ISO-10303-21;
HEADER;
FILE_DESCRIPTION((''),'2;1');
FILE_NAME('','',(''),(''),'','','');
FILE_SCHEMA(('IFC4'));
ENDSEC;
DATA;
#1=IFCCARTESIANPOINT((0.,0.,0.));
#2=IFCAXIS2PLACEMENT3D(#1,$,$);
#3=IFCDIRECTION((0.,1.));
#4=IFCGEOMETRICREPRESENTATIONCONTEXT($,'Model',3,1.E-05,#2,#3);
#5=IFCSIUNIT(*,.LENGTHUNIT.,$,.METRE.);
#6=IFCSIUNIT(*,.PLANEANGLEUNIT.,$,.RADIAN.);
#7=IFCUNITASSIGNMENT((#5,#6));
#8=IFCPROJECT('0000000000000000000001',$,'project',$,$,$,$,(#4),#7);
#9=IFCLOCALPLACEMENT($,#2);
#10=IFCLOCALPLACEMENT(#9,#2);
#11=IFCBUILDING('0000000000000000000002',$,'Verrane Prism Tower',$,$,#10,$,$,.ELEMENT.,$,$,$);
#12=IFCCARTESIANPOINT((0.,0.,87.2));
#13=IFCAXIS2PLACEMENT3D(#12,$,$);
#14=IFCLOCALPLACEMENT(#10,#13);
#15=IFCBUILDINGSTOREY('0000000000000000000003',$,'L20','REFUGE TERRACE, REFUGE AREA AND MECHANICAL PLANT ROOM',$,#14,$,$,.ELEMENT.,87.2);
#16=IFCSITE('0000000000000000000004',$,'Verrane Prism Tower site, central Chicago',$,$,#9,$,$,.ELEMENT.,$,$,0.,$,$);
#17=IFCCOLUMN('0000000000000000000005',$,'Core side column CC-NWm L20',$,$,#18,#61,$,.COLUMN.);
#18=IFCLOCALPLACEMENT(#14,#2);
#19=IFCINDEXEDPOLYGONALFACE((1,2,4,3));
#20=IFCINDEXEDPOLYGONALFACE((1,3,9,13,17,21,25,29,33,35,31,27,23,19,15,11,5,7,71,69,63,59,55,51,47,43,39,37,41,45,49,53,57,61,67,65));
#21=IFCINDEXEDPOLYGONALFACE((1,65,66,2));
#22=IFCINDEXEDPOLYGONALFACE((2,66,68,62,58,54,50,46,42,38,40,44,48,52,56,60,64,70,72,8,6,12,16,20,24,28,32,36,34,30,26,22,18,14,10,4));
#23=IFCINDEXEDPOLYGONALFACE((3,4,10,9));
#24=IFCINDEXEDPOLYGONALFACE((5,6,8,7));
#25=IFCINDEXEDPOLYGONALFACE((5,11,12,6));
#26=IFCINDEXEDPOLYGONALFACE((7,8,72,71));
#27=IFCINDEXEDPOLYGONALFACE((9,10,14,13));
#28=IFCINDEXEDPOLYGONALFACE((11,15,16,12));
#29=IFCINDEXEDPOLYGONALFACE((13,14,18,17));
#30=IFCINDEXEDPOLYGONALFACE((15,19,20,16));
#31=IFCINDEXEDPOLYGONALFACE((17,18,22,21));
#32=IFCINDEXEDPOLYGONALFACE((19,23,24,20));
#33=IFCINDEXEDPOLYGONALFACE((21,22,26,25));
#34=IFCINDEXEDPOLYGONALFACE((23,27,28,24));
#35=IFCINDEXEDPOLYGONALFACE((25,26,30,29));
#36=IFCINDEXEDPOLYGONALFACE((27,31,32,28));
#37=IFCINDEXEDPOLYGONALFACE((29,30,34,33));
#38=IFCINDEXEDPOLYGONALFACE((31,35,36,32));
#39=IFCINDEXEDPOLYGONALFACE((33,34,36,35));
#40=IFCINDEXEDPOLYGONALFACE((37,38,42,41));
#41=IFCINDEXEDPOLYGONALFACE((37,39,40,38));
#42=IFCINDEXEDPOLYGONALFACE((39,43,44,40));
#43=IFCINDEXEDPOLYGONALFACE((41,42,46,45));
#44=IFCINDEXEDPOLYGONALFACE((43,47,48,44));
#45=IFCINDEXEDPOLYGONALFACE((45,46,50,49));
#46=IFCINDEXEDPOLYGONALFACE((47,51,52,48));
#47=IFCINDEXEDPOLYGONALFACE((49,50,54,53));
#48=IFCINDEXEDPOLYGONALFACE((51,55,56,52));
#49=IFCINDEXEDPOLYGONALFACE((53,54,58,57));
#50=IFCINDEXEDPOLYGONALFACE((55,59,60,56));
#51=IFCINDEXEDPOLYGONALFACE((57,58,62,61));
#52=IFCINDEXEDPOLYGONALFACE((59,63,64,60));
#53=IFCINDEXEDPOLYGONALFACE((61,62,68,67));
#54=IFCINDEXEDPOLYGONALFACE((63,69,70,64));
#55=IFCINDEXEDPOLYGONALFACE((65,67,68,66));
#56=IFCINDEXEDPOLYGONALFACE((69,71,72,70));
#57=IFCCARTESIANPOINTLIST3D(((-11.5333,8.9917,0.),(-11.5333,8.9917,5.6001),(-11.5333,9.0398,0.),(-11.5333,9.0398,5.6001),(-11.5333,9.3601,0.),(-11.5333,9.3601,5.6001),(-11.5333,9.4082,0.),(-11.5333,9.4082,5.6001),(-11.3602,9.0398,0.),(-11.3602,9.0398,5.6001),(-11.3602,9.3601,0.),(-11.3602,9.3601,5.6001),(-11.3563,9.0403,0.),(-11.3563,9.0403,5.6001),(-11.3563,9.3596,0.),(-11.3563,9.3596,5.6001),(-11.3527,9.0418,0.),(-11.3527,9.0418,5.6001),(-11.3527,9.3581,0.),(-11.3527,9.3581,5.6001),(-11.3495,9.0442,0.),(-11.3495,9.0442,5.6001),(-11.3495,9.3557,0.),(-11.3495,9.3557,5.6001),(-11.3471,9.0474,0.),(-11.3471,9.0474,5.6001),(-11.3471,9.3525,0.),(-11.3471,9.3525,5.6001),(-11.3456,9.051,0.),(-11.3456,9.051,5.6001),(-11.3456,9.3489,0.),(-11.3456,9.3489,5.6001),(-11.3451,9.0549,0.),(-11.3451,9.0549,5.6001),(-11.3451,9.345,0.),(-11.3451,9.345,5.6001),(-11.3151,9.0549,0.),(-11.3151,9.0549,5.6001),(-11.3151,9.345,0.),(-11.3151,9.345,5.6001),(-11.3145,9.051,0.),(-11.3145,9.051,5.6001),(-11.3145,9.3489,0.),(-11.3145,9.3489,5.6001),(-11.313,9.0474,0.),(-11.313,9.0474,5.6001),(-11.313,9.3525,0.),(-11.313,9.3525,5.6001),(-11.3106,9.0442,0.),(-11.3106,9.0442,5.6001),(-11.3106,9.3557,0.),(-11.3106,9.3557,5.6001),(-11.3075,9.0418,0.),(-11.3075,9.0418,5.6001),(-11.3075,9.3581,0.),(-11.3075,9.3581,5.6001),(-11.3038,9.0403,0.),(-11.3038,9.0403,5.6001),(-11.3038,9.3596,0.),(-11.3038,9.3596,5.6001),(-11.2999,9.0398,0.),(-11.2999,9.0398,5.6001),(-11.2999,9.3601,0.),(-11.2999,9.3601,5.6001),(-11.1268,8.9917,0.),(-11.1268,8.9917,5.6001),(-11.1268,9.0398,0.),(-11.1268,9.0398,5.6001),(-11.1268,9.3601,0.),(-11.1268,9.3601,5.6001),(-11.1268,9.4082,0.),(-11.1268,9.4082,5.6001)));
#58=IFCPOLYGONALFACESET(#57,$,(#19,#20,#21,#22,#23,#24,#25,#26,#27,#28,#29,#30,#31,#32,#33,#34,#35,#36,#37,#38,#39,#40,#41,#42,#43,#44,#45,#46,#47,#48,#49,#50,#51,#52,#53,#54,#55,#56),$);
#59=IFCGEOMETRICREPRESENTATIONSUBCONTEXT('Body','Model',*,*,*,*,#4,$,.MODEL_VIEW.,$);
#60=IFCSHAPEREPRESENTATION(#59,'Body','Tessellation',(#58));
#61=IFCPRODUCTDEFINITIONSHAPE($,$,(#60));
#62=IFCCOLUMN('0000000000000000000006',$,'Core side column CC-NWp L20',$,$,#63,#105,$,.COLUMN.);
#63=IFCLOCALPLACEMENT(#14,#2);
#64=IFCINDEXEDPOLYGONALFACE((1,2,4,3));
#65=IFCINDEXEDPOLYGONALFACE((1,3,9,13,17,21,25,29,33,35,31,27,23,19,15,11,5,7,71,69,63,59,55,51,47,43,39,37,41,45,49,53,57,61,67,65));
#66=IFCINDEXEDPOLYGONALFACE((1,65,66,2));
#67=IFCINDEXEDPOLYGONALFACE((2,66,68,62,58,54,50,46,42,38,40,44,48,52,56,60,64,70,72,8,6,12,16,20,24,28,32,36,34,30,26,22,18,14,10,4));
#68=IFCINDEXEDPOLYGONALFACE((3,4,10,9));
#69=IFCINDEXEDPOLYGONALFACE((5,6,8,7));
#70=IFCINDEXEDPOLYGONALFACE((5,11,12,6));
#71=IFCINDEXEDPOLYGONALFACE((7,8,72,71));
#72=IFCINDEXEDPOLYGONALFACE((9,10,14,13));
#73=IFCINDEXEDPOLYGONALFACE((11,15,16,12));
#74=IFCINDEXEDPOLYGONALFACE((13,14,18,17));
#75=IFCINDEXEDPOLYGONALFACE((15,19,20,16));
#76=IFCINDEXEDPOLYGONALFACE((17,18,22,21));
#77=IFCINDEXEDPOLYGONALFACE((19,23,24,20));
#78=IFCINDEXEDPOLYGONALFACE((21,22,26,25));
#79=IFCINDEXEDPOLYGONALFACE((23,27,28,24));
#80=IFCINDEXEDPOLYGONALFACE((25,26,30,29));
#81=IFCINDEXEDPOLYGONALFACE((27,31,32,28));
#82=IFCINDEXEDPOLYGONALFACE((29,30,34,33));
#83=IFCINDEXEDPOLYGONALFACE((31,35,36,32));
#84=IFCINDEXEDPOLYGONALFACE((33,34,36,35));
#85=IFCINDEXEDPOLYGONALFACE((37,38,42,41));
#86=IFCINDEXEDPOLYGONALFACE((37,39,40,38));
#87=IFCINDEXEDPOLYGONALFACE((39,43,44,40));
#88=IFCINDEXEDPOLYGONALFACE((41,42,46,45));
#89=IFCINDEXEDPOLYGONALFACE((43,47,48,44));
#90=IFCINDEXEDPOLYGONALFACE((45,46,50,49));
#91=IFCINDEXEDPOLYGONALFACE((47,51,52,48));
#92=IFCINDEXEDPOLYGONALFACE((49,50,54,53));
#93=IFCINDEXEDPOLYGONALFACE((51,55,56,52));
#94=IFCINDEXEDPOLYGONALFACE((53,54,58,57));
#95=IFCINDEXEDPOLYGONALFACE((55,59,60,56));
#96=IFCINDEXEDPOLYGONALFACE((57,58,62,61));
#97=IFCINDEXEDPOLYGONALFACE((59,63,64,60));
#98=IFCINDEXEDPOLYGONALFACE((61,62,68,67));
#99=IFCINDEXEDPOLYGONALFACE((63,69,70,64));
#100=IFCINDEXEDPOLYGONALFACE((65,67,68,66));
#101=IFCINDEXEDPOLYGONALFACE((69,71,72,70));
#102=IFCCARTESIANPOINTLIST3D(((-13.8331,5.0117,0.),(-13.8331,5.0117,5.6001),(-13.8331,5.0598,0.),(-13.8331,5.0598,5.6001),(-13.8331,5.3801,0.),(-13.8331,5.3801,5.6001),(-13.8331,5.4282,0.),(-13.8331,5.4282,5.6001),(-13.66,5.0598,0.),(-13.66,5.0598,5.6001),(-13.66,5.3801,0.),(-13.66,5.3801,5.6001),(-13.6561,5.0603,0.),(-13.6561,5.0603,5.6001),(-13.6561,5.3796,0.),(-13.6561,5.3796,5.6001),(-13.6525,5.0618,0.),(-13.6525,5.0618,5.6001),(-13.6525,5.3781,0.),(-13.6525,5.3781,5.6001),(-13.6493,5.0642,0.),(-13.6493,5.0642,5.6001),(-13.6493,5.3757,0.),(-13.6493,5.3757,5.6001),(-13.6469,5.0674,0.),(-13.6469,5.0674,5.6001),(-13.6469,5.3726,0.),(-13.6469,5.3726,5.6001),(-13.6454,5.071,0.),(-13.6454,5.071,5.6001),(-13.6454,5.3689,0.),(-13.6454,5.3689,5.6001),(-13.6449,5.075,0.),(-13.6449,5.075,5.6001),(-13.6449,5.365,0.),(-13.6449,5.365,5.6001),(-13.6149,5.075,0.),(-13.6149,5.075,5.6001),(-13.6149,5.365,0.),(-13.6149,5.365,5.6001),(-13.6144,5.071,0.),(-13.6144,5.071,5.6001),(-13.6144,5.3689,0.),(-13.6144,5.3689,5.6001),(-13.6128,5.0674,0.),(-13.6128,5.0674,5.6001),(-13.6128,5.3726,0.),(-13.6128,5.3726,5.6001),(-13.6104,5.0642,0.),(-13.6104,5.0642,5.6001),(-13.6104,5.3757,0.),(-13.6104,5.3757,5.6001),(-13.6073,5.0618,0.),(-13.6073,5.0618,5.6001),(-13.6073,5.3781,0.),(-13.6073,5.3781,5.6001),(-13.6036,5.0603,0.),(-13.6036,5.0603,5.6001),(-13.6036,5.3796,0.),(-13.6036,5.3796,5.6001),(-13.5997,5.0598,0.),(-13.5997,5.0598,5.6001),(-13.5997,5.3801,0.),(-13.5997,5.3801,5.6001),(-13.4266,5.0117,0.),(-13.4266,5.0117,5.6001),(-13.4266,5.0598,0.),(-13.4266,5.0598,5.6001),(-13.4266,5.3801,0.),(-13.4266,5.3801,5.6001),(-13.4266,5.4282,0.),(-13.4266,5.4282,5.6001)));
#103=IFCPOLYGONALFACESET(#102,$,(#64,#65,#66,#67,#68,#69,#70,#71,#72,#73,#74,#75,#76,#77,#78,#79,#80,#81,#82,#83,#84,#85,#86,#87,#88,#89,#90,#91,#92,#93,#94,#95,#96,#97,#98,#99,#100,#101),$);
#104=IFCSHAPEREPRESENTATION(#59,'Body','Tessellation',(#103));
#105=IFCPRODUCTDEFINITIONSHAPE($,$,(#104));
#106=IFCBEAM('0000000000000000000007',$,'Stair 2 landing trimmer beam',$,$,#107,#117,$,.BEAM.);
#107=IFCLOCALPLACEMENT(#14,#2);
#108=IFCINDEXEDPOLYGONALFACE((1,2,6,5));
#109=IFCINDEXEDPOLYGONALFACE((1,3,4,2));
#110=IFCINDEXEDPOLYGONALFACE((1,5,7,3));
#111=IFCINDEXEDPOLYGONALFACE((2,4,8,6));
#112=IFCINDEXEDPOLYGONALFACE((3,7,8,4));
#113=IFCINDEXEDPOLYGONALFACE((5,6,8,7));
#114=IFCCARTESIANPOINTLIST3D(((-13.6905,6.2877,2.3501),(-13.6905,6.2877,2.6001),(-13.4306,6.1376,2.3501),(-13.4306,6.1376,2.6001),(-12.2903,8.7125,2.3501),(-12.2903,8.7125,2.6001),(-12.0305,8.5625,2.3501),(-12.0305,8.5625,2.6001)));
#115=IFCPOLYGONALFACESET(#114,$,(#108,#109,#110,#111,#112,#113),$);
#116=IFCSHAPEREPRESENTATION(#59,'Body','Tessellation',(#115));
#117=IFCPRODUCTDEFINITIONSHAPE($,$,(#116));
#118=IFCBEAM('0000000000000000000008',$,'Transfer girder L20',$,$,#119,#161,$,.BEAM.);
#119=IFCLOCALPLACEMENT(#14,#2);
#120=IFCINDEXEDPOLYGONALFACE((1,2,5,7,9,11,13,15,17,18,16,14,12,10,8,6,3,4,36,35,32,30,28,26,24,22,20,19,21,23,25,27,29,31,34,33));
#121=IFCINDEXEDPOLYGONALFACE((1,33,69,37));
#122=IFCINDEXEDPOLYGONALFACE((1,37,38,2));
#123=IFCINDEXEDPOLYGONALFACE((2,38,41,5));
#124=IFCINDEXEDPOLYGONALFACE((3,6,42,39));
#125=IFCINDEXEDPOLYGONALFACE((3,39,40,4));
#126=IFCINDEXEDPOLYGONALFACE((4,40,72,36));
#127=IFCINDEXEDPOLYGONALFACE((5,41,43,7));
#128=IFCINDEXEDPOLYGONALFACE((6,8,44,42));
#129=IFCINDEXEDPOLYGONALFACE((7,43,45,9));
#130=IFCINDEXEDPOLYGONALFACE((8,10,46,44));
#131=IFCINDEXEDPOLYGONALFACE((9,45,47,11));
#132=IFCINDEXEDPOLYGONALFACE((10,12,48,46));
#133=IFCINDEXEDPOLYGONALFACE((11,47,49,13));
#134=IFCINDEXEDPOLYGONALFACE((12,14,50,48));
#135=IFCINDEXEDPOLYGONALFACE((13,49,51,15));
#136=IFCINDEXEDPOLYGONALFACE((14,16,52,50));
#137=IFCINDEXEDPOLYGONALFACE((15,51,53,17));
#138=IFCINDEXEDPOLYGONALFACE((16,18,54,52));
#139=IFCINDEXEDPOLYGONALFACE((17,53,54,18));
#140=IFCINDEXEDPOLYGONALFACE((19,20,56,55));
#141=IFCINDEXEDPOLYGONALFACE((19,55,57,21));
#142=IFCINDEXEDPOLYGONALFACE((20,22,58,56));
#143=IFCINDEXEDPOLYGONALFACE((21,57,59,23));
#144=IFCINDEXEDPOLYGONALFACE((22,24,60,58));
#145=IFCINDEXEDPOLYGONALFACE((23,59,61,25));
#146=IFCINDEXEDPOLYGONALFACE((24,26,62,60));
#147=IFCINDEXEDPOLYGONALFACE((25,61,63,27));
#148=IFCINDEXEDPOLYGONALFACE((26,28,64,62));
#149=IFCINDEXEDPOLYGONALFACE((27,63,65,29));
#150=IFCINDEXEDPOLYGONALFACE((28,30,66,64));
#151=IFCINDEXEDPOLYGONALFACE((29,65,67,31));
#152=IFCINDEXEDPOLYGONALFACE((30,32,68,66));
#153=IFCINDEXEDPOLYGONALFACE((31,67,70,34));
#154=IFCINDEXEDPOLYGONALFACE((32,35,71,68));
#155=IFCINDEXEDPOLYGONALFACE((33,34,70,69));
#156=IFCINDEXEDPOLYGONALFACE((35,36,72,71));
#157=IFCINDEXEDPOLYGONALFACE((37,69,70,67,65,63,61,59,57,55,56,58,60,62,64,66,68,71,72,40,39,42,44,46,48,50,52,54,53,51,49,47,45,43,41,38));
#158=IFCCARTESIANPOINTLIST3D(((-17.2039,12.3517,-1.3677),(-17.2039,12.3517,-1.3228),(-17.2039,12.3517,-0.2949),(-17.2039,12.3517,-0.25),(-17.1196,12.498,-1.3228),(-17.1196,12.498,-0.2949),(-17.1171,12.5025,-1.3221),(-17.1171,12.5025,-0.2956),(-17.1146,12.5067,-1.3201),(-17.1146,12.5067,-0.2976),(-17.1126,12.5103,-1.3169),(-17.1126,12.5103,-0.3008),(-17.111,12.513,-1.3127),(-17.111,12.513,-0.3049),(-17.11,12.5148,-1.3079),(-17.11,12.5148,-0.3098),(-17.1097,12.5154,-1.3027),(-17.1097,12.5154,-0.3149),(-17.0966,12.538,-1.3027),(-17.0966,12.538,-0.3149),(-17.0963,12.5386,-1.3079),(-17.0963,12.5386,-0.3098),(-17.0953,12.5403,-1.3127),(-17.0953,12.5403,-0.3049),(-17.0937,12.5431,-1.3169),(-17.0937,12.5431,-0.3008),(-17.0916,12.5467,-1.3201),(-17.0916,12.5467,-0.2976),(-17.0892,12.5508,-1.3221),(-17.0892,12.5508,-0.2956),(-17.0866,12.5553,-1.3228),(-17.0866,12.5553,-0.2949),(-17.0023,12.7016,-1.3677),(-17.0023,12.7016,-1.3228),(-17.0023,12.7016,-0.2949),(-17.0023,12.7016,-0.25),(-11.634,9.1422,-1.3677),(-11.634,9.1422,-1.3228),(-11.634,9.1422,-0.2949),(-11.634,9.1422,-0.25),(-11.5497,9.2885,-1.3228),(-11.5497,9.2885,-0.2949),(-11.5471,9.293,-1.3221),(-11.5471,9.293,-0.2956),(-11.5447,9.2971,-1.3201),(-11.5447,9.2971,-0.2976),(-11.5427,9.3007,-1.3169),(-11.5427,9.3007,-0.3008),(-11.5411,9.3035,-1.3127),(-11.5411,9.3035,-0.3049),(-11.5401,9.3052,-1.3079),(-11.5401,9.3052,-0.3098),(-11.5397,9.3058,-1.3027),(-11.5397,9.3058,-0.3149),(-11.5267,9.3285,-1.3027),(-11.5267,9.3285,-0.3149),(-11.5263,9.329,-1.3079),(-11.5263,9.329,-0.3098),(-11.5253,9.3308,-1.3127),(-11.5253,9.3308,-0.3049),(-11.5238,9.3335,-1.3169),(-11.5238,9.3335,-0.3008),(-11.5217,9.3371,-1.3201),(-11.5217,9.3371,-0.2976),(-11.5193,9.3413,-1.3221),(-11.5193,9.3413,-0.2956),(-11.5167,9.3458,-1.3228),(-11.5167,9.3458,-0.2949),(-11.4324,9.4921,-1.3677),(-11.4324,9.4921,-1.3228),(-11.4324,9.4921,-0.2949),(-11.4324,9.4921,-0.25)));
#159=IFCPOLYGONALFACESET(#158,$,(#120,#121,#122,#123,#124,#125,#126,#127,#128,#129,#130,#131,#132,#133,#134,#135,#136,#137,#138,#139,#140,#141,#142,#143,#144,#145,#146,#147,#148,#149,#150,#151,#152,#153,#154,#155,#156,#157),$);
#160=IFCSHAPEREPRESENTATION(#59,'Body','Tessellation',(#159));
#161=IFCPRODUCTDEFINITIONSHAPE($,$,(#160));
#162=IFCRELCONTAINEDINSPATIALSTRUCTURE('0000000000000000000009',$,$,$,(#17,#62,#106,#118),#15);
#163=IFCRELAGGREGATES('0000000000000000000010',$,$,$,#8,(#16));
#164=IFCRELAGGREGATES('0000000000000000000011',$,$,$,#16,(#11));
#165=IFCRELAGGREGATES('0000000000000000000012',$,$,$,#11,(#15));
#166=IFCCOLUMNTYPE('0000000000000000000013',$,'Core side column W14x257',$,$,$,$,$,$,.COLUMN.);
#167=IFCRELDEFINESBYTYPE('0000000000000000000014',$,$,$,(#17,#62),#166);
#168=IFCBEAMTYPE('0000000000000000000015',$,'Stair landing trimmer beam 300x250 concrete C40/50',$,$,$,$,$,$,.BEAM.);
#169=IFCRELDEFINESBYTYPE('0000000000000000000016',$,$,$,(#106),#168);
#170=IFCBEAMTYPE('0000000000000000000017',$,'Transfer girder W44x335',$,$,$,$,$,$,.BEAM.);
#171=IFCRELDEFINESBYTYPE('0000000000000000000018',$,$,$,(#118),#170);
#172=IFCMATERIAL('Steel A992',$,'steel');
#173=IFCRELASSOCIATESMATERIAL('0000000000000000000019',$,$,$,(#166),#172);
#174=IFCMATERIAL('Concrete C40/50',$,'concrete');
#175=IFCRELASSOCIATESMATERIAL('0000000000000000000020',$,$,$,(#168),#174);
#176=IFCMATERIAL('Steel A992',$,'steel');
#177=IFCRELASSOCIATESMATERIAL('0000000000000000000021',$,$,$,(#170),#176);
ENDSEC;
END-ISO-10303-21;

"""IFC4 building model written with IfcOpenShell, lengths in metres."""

from ifc_helpers import new_model, si_unit, direction, frame, origin, origin_2d, place, context, subcontext, project, spatial, rectangle, i_section, extrude, material, material_profile, profile_set, type_object, element, save


model = new_model("IFC4")

# Units and contexts
model_context = context("Model", 3, precision=1e-05, world=origin(), true_north=direction((0.0, 1.0)))
body_context = subcontext(model_context, "Body", "Model", "MODEL_VIEW")
ifc_project = project(units=[si_unit("LENGTHUNIT", "METRE"), si_unit("PLANEANGLEUNIT", "RADIAN")], contexts=[model_context])

# Site, building, storey
site_placement = place(None, origin())
site = spatial("IfcSite", under=ifc_project, at=site_placement, Name="Verrane Prism Tower site, central Chicago", CompositionType="ELEMENT", RefElevation=0.0)
building_placement = place(site_placement, origin())
building = spatial("IfcBuilding", under=site, at=building_placement, Name="Verrane Prism Tower", CompositionType="ELEMENT")
storey_placement = place(building_placement, frame((0.0, 0.0, 87.2)))
storey = spatial("IfcBuildingStorey", under=building, at=storey_placement, Name="L20", Description="REFUGE TERRACE, REFUGE AREA AND MECHANICAL PLANT ROOM", CompositionType="ELEMENT", Elevation=87.2)

# Columns
ifc_material_1 = material(Name="Steel A992", Category="steel")
ifc_material_profile_1 = material_profile(ifc_material_1, i_section(OverallWidth=0.4065, OverallDepth=0.4165, WebThickness=0.03, FlangeThickness=0.0481, FilletRadius=0.0151, at=origin_2d()), Name="W14x257")
ifc_profile_set_1 = profile_set([ifc_material_profile_1], Name="Steel A992")
column_type = type_object("IfcColumnType", Name="Core side column W14x257", PredefinedType="COLUMN", material=ifc_profile_set_1)
for number, where, z_axis, x_axis, name in (
    (1, (-11.3301, 9.2, 0.0), (0.0, 0.0, 1.0), (1.0, 0.0, 0.0), "Core side column CC-NWm L20"),
    (2, (-13.6299, 5.22, 0.0), (0.0, 0.0, 1.0), (1.0, 0.0, 0.0), "Core side column CC-NWp L20"),
):
    element("IfcColumn", number, at=place(storey_placement, frame(where, z_axis=z_axis, x_axis=x_axis)), inside=storey, type_object=column_type, Name=name, PredefinedType="COLUMN", context=body_context, shape_type="SweptSolid", body=[
        extrude(i_section(OverallWidth=0.4065, OverallDepth=0.4165, WebThickness=0.03, FlangeThickness=0.0481, FilletRadius=0.0151, at=origin_2d()), origin(), (0.0, 0.0, 1.0), 5.6001),
    ])

# Beams
ifc_material_2 = material(Name="Concrete C40/50", Category="concrete")
ifc_material_profile_2 = material_profile(ifc_material_2, rectangle(XDim=0.3, YDim=0.25, at=origin_2d()), Name="RC 300x250")
ifc_profile_set_2 = profile_set([ifc_material_profile_2], Name="Concrete C40/50")
beam_type_1 = type_object("IfcBeamType", Name="Stair landing trimmer beam 300x250 concrete C40/50", PredefinedType="BEAM", material=ifc_profile_set_2)
beam_1_placement = place(storey_placement, frame((-13.5605, 6.2126, 2.4751), z_axis=(0.50005, 0.865997, 0.0), x_axis=(-0.865997, 0.50005, 0.0)))
element("IfcBeam", 3, at=beam_1_placement, inside=storey, type_object=beam_type_1, Name="Stair 2 landing trimmer beam", PredefinedType="BEAM", context=body_context, shape_type="SweptSolid", body=[
    extrude(rectangle(XDim=0.3, YDim=0.25, at=origin_2d()), origin(), (0.0, 0.0, 1.0), 2.8),
])
ifc_material_3 = material(Name="Steel A992", Category="steel")
ifc_material_profile_3 = material_profile(ifc_material_3, i_section(OverallWidth=0.4038, OverallDepth=1.1177, WebThickness=0.0261, FlangeThickness=0.0449, FilletRadius=0.02, at=origin_2d()), Name="W44x335")
ifc_profile_set_3 = profile_set([ifc_material_profile_3], Name="Steel A992")
beam_type_2 = type_object("IfcBeamType", Name="Transfer girder W44x335", PredefinedType="BEAM", material=ifc_profile_set_3)
beam_2_placement = place(storey_placement, frame((-11.5332, 9.3171, -0.8088), z_axis=(-0.866447, 0.499269, 0.0), x_axis=(-0.499269, -0.866447, 0.0)))
element("IfcBeam", 4, at=beam_2_placement, inside=storey, type_object=beam_type_2, Name="Transfer girder L20", PredefinedType="BEAM", context=body_context, shape_type="SweptSolid", body=[
    extrude(i_section(OverallWidth=0.4038, OverallDepth=1.1177, WebThickness=0.0261, FlangeThickness=0.0449, FilletRadius=0.02, at=origin_2d()), origin(), (0.0, 0.0, 1.0), 6.4285),
])

save(model, "model.ifc")
